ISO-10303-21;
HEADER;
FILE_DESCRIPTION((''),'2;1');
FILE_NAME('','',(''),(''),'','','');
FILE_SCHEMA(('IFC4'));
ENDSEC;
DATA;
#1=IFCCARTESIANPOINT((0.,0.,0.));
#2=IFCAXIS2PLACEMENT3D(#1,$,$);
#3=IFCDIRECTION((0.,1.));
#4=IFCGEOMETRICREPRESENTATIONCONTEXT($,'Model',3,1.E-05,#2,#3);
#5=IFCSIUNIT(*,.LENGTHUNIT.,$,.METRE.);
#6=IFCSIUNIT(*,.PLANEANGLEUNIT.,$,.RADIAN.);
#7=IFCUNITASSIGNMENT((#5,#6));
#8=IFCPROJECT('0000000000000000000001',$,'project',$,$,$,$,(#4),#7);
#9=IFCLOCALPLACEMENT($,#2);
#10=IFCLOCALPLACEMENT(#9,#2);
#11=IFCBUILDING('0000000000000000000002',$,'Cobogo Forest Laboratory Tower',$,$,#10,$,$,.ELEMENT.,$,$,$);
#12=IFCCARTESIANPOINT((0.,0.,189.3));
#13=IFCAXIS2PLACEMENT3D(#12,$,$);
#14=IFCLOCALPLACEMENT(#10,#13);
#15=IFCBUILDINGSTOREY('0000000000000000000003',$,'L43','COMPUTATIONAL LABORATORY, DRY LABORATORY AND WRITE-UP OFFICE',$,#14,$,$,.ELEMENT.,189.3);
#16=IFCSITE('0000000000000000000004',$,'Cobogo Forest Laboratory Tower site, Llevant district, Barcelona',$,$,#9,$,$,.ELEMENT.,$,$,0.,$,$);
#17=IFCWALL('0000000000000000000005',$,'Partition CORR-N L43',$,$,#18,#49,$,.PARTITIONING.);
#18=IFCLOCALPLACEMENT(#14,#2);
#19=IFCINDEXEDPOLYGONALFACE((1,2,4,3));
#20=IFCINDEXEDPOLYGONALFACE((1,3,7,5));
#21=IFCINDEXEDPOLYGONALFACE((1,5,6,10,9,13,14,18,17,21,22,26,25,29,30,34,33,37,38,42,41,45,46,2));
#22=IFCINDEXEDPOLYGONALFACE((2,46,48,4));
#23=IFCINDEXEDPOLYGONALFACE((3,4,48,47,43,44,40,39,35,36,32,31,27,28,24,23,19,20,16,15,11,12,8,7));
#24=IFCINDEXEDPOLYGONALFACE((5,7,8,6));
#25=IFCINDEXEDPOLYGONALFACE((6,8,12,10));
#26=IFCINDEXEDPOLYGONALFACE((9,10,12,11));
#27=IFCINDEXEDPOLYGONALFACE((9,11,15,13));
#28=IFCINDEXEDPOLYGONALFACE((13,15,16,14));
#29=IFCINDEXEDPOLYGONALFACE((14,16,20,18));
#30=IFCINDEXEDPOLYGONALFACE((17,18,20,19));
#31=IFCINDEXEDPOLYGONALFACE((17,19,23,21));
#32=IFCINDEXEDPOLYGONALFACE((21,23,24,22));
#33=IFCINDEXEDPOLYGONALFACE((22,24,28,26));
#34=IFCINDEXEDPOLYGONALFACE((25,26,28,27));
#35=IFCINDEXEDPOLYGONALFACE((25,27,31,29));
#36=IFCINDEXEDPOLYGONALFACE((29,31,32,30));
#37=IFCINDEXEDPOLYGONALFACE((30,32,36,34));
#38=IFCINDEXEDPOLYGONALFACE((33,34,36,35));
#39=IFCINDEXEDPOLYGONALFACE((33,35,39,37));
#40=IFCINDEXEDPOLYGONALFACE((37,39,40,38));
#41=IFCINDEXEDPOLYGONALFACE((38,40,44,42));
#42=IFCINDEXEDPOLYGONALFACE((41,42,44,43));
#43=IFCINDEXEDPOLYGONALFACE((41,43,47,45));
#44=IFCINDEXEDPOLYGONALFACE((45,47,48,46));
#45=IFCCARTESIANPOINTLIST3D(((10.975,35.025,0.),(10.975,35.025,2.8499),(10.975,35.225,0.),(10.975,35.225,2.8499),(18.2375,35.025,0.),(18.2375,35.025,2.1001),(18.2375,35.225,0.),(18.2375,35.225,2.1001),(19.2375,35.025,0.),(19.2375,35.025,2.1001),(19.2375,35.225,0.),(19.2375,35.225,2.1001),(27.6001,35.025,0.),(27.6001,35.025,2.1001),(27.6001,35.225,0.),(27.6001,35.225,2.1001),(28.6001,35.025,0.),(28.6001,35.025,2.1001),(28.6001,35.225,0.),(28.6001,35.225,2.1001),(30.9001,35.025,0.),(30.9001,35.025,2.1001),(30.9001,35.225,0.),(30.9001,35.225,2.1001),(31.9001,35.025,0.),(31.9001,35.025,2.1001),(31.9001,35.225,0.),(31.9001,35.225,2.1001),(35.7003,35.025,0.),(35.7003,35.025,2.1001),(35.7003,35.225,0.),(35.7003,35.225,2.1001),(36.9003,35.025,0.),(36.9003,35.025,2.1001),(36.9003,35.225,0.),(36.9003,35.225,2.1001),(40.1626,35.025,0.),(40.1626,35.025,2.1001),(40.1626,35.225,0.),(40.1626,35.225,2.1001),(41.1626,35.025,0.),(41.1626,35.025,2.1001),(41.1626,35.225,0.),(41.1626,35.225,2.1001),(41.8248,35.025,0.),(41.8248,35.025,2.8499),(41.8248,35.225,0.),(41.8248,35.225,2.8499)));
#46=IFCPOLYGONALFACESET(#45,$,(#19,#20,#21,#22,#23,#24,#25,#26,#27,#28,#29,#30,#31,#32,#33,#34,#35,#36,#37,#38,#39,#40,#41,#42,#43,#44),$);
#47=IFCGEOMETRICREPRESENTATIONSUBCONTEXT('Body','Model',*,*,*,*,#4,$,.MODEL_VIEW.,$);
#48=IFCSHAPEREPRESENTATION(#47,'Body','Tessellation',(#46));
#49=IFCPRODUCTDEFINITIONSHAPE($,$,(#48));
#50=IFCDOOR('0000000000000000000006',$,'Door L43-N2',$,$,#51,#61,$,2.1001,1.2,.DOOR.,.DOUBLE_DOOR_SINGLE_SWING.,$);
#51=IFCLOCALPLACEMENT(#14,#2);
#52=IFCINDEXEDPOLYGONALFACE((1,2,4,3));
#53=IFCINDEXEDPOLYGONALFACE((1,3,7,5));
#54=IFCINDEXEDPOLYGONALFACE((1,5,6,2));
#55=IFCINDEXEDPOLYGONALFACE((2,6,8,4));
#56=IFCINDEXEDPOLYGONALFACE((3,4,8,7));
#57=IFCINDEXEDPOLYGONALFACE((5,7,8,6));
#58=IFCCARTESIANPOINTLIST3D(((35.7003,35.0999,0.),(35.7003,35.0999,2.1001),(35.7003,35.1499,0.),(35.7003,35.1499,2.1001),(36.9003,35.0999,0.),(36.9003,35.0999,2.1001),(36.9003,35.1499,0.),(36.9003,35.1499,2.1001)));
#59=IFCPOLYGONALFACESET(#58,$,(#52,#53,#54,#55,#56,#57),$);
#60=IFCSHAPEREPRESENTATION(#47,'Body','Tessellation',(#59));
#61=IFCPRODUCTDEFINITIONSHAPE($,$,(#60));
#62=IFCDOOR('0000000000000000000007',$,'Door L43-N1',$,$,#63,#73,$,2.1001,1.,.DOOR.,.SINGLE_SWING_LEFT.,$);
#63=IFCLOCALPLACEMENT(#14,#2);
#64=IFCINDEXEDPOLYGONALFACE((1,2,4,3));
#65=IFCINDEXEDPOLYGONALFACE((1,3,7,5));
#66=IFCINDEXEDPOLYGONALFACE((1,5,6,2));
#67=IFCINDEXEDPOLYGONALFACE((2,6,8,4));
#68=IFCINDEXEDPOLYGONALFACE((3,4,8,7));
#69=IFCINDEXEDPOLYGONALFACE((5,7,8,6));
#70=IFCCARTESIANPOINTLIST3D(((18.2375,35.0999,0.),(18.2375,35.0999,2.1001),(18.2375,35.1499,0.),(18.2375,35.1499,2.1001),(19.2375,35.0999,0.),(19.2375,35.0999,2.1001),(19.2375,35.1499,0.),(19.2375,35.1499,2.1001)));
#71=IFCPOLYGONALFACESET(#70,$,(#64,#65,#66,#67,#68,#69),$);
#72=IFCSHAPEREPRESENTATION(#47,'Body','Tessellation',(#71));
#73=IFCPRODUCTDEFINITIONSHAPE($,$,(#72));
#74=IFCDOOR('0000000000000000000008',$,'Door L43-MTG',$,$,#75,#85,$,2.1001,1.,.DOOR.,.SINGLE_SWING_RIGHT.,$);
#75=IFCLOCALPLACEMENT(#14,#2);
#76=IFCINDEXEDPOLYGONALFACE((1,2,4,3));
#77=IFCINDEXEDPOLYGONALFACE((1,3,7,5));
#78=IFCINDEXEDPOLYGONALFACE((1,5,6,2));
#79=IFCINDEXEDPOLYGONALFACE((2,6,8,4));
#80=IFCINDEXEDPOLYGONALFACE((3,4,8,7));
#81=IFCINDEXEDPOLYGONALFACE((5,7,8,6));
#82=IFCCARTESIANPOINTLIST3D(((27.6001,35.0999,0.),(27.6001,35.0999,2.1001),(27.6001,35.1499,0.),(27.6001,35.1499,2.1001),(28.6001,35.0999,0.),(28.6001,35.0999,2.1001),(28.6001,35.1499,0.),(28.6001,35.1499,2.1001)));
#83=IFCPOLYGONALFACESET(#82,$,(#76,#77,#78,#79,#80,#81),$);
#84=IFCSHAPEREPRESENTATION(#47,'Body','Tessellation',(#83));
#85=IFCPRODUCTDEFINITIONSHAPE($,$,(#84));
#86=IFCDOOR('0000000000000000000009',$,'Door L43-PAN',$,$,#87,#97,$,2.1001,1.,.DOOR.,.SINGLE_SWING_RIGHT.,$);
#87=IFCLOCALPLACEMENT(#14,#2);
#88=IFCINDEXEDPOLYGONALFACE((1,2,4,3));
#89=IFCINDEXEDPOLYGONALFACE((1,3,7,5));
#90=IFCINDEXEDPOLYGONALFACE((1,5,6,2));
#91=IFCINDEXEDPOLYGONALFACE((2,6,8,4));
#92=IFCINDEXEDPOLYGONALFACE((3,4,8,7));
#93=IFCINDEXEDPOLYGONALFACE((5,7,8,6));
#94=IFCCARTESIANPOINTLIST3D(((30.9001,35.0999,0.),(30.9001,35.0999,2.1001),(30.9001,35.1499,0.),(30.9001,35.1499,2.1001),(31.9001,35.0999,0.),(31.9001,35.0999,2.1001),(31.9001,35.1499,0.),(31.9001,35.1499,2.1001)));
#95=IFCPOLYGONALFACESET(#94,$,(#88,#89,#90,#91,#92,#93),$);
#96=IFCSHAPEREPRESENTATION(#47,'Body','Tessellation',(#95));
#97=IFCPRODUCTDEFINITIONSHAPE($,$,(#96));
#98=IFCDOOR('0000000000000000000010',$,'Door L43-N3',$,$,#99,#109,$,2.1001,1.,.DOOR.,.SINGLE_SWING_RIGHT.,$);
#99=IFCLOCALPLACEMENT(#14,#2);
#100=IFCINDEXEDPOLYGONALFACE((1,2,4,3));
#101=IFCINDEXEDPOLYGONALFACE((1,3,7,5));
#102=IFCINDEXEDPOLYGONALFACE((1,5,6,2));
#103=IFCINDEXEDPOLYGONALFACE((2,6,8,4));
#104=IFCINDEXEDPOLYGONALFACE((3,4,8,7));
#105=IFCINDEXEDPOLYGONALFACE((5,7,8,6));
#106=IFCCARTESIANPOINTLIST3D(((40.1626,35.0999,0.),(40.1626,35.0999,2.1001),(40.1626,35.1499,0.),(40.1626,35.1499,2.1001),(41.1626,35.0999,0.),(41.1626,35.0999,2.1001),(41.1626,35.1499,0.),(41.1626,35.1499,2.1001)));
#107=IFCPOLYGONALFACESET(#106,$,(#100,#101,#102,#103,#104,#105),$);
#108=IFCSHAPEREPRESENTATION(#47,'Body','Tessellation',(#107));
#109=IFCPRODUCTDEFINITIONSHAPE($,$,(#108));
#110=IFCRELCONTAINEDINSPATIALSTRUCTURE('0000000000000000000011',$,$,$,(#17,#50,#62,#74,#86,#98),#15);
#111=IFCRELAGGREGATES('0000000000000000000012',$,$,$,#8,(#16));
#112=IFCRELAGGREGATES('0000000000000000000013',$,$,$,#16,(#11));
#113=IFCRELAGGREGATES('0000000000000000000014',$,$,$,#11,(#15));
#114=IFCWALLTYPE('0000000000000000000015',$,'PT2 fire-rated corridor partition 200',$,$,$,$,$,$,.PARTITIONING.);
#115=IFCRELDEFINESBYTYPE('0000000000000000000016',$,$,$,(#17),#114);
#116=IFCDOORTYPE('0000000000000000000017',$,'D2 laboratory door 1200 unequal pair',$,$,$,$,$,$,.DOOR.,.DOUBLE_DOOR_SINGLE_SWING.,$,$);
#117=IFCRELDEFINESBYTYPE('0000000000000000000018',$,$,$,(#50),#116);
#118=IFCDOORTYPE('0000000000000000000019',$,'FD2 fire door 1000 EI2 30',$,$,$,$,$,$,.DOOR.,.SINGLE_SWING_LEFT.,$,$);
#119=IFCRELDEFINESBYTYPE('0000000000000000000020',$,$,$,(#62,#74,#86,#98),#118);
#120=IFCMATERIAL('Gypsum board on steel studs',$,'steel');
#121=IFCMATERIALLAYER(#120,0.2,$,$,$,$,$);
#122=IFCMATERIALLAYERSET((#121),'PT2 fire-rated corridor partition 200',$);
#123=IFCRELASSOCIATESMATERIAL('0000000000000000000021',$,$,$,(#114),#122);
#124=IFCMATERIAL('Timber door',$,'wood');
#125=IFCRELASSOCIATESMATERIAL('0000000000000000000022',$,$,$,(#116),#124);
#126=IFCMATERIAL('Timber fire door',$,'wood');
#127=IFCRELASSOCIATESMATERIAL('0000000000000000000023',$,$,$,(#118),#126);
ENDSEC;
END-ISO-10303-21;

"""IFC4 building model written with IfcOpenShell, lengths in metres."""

from ifc_helpers import new_model, si_unit, direction, frame, frame_2d, origin, place, context, subcontext, project, spatial, rectangle, extrude, material, layer, layer_set, type_object, element, fill, save


model = new_model("IFC4")

# Units and contexts
model_context = context("Model", 3, precision=1e-05, world=origin(), true_north=direction((0.0, 1.0)))
body_context = subcontext(model_context, "Body", "Model", "MODEL_VIEW")
ifc_project = project(units=[si_unit("LENGTHUNIT", "METRE"), si_unit("PLANEANGLEUNIT", "RADIAN")], contexts=[model_context])

# Site, building, storey
site_placement = place(None, origin())
site = spatial("IfcSite", under=ifc_project, at=site_placement, Name="Cobogo Forest Laboratory Tower site, Llevant district, Barcelona", CompositionType="ELEMENT", RefElevation=0.0)
building_placement = place(site_placement, origin())
building = spatial("IfcBuilding", under=site, at=building_placement, Name="Cobogo Forest Laboratory Tower", CompositionType="ELEMENT")
storey_placement = place(building_placement, frame((0.0, 0.0, 189.3)))
storey = spatial("IfcBuildingStorey", under=building, at=storey_placement, Name="L43", Description="COMPUTATIONAL LABORATORY, DRY LABORATORY AND WRITE-UP OFFICE", CompositionType="ELEMENT", Elevation=189.3)

# Shared definitions
ifc_material_1 = material(Name="Gypsum board on steel studs", Category="steel")

# Wall, openings, doors
ifc_layer_1 = layer(ifc_material_1, 0.2)
ifc_layer_set_1 = layer_set([ifc_layer_1], Name="PT2 fire-rated corridor partition 200")
wall_type_1 = type_object("IfcWallType", Name="PT2 fire-rated corridor partition 200", PredefinedType="PARTITIONING", material=ifc_layer_set_1)
wall_1_placement = place(storey_placement, frame((10.9751, 35.125, 0.0), z_axis=(0.0, 0.0, 1.0), x_axis=(1.0, 0.0, 0.0)))
wall_1 = element("IfcWall", 1, at=wall_1_placement, inside=storey, type_object=wall_type_1, Name="Partition CORR-N L43", PredefinedType="PARTITIONING", context=body_context, shape_type="SweptSolid", body=[
    extrude(rectangle(XDim=30.8499, YDim=0.2, at=frame_2d((15.4248, 0.0))), origin(), (0.0, 0.0, 1.0), 2.8499),
])
opening_1_placement = place(wall_1_placement, frame((7.2625, 0.0, 0.0)))
opening_1 = element("IfcOpeningElement", 2, at=opening_1_placement, cuts=wall_1, PredefinedType="OPENING", context=body_context, shape_type="SweptSolid", body=[
    extrude(rectangle(XDim=1.0, YDim=2.1001, at=frame_2d((0.5, 1.05))), frame((0.0, 0.1099, 0.0), z_axis=(0.0, -1.0, 0.0), x_axis=(1.0, 0.0, 0.0)), (0.0, 0.0, 1.0), 0.22),
])
opening_2_placement = place(wall_1_placement, frame((16.625, 0.0, 0.0)))
opening_2 = element("IfcOpeningElement", 3, at=opening_2_placement, cuts=wall_1, PredefinedType="OPENING", context=body_context, shape_type="SweptSolid", body=[
    extrude(rectangle(XDim=1.0, YDim=2.1001, at=frame_2d((0.5, 1.05))), frame((0.0, 0.1099, 0.0), z_axis=(0.0, -1.0, 0.0), x_axis=(1.0, 0.0, 0.0)), (0.0, 0.0, 1.0), 0.22),
])
opening_3_placement = place(wall_1_placement, frame((19.925, 0.0, 0.0)))
opening_3 = element("IfcOpeningElement", 4, at=opening_3_placement, cuts=wall_1, PredefinedType="OPENING", context=body_context, shape_type="SweptSolid", body=[
    extrude(rectangle(XDim=1.0, YDim=2.1001, at=frame_2d((0.5, 1.05))), frame((0.0, 0.1099, 0.0), z_axis=(0.0, -1.0, 0.0), x_axis=(1.0, 0.0, 0.0)), (0.0, 0.0, 1.0), 0.22),
])
opening_4_placement = place(wall_1_placement, frame((24.7251, 0.0, 0.0)))
opening_4 = element("IfcOpeningElement", 5, at=opening_4_placement, cuts=wall_1, PredefinedType="OPENING", context=body_context, shape_type="SweptSolid", body=[
    extrude(rectangle(XDim=1.2, YDim=2.1001, at=frame_2d((0.6001, 1.05))), frame((0.0, 0.1099, 0.0), z_axis=(0.0, -1.0, 0.0), x_axis=(1.0, 0.0, 0.0)), (0.0, 0.0, 1.0), 0.22),
])
opening_5_placement = place(wall_1_placement, frame((29.1875, 0.0, 0.0)))
opening_5 = element("IfcOpeningElement", 6, at=opening_5_placement, cuts=wall_1, PredefinedType="OPENING", context=body_context, shape_type="SweptSolid", body=[
    extrude(rectangle(XDim=1.0, YDim=2.1001, at=frame_2d((0.5, 1.05))), frame((0.0, 0.1099, 0.0), z_axis=(0.0, -1.0, 0.0), x_axis=(1.0, 0.0, 0.0)), (0.0, 0.0, 1.0), 0.22),
])
ifc_material_2 = material(Name="Timber door", Category="wood")
door_type_1 = type_object("IfcDoorType", Name="D2 laboratory door 1200 unequal pair", OperationType="DOUBLE_DOOR_SINGLE_SWING", PredefinedType="DOOR", material=ifc_material_2)
door_1_placement = place(opening_4_placement, origin())
door_1 = element("IfcDoor", 7, at=door_1_placement, inside=storey, type_object=door_type_1, Name="Door L43-N2", OperationType="DOUBLE_DOOR_SINGLE_SWING", OverallHeight=2.1001, OverallWidth=1.2, PredefinedType="DOOR", context=body_context, shape_type="SweptSolid", body=[
    extrude(rectangle(XDim=1.2, YDim=2.1001, at=frame_2d((0.6001, 1.05))), frame((0.0, 0.0249, 0.0), z_axis=(0.0, -1.0, 0.0), x_axis=(1.0, 0.0, 0.0)), (0.0, 0.0, 1.0), 0.05),
])
fill(opening_4, door_1)
ifc_material_3 = material(Name="Timber fire door", Category="wood")
door_type_2 = type_object("IfcDoorType", Name="FD2 fire door 1000 EI2 30", OperationType="SINGLE_SWING_LEFT", PredefinedType="DOOR", material=ifc_material_3)
door_2_placement = place(opening_1_placement, origin())
door_2 = element("IfcDoor", 8, at=door_2_placement, inside=storey, type_object=door_type_2, Name="Door L43-N1", OperationType="SINGLE_SWING_LEFT", OverallHeight=2.1001, OverallWidth=1.0, PredefinedType="DOOR", context=body_context, shape_type="SweptSolid", body=[
    extrude(rectangle(XDim=1.0, YDim=2.1001, at=frame_2d((0.5, 1.05))), frame((0.0, 0.0249, 0.0), z_axis=(0.0, -1.0, 0.0), x_axis=(1.0, 0.0, 0.0)), (0.0, 0.0, 1.0), 0.05),
])
fill(opening_1, door_2)
door_3_placement = place(opening_2_placement, origin())
door_3 = element("IfcDoor", 9, at=door_3_placement, inside=storey, type_object=door_type_2, Name="Door L43-MTG", OperationType="SINGLE_SWING_RIGHT", OverallHeight=2.1001, OverallWidth=1.0, PredefinedType="DOOR", context=body_context, shape_type="SweptSolid", body=[
    extrude(rectangle(XDim=1.0, YDim=2.1001, at=frame_2d((0.5, 1.05))), frame((0.0, 0.0249, 0.0), z_axis=(0.0, -1.0, 0.0), x_axis=(1.0, 0.0, 0.0)), (0.0, 0.0, 1.0), 0.05),
])
fill(opening_2, door_3)
door_4_placement = place(opening_3_placement, origin())
door_4 = element("IfcDoor", 10, at=door_4_placement, inside=storey, type_object=door_type_2, Name="Door L43-PAN", OperationType="SINGLE_SWING_RIGHT", OverallHeight=2.1001, OverallWidth=1.0, PredefinedType="DOOR", context=body_context, shape_type="SweptSolid", body=[
    extrude(rectangle(XDim=1.0, YDim=2.1001, at=frame_2d((0.5, 1.05))), frame((0.0, 0.0249, 0.0), z_axis=(0.0, -1.0, 0.0), x_axis=(1.0, 0.0, 0.0)), (0.0, 0.0, 1.0), 0.05),
])
fill(opening_3, door_4)
door_5_placement = place(opening_5_placement, origin())
door_5 = element("IfcDoor", 11, at=door_5_placement, inside=storey, type_object=door_type_2, Name="Door L43-N3", OperationType="SINGLE_SWING_RIGHT", OverallHeight=2.1001, OverallWidth=1.0, PredefinedType="DOOR", context=body_context, shape_type="SweptSolid", body=[
    extrude(rectangle(XDim=1.0, YDim=2.1001, at=frame_2d((0.5, 1.05))), frame((0.0, 0.0249, 0.0), z_axis=(0.0, -1.0, 0.0), x_axis=(1.0, 0.0, 0.0)), (0.0, 0.0, 1.0), 0.05),
])
fill(opening_5, door_5)

save(model, "model.ifc")
